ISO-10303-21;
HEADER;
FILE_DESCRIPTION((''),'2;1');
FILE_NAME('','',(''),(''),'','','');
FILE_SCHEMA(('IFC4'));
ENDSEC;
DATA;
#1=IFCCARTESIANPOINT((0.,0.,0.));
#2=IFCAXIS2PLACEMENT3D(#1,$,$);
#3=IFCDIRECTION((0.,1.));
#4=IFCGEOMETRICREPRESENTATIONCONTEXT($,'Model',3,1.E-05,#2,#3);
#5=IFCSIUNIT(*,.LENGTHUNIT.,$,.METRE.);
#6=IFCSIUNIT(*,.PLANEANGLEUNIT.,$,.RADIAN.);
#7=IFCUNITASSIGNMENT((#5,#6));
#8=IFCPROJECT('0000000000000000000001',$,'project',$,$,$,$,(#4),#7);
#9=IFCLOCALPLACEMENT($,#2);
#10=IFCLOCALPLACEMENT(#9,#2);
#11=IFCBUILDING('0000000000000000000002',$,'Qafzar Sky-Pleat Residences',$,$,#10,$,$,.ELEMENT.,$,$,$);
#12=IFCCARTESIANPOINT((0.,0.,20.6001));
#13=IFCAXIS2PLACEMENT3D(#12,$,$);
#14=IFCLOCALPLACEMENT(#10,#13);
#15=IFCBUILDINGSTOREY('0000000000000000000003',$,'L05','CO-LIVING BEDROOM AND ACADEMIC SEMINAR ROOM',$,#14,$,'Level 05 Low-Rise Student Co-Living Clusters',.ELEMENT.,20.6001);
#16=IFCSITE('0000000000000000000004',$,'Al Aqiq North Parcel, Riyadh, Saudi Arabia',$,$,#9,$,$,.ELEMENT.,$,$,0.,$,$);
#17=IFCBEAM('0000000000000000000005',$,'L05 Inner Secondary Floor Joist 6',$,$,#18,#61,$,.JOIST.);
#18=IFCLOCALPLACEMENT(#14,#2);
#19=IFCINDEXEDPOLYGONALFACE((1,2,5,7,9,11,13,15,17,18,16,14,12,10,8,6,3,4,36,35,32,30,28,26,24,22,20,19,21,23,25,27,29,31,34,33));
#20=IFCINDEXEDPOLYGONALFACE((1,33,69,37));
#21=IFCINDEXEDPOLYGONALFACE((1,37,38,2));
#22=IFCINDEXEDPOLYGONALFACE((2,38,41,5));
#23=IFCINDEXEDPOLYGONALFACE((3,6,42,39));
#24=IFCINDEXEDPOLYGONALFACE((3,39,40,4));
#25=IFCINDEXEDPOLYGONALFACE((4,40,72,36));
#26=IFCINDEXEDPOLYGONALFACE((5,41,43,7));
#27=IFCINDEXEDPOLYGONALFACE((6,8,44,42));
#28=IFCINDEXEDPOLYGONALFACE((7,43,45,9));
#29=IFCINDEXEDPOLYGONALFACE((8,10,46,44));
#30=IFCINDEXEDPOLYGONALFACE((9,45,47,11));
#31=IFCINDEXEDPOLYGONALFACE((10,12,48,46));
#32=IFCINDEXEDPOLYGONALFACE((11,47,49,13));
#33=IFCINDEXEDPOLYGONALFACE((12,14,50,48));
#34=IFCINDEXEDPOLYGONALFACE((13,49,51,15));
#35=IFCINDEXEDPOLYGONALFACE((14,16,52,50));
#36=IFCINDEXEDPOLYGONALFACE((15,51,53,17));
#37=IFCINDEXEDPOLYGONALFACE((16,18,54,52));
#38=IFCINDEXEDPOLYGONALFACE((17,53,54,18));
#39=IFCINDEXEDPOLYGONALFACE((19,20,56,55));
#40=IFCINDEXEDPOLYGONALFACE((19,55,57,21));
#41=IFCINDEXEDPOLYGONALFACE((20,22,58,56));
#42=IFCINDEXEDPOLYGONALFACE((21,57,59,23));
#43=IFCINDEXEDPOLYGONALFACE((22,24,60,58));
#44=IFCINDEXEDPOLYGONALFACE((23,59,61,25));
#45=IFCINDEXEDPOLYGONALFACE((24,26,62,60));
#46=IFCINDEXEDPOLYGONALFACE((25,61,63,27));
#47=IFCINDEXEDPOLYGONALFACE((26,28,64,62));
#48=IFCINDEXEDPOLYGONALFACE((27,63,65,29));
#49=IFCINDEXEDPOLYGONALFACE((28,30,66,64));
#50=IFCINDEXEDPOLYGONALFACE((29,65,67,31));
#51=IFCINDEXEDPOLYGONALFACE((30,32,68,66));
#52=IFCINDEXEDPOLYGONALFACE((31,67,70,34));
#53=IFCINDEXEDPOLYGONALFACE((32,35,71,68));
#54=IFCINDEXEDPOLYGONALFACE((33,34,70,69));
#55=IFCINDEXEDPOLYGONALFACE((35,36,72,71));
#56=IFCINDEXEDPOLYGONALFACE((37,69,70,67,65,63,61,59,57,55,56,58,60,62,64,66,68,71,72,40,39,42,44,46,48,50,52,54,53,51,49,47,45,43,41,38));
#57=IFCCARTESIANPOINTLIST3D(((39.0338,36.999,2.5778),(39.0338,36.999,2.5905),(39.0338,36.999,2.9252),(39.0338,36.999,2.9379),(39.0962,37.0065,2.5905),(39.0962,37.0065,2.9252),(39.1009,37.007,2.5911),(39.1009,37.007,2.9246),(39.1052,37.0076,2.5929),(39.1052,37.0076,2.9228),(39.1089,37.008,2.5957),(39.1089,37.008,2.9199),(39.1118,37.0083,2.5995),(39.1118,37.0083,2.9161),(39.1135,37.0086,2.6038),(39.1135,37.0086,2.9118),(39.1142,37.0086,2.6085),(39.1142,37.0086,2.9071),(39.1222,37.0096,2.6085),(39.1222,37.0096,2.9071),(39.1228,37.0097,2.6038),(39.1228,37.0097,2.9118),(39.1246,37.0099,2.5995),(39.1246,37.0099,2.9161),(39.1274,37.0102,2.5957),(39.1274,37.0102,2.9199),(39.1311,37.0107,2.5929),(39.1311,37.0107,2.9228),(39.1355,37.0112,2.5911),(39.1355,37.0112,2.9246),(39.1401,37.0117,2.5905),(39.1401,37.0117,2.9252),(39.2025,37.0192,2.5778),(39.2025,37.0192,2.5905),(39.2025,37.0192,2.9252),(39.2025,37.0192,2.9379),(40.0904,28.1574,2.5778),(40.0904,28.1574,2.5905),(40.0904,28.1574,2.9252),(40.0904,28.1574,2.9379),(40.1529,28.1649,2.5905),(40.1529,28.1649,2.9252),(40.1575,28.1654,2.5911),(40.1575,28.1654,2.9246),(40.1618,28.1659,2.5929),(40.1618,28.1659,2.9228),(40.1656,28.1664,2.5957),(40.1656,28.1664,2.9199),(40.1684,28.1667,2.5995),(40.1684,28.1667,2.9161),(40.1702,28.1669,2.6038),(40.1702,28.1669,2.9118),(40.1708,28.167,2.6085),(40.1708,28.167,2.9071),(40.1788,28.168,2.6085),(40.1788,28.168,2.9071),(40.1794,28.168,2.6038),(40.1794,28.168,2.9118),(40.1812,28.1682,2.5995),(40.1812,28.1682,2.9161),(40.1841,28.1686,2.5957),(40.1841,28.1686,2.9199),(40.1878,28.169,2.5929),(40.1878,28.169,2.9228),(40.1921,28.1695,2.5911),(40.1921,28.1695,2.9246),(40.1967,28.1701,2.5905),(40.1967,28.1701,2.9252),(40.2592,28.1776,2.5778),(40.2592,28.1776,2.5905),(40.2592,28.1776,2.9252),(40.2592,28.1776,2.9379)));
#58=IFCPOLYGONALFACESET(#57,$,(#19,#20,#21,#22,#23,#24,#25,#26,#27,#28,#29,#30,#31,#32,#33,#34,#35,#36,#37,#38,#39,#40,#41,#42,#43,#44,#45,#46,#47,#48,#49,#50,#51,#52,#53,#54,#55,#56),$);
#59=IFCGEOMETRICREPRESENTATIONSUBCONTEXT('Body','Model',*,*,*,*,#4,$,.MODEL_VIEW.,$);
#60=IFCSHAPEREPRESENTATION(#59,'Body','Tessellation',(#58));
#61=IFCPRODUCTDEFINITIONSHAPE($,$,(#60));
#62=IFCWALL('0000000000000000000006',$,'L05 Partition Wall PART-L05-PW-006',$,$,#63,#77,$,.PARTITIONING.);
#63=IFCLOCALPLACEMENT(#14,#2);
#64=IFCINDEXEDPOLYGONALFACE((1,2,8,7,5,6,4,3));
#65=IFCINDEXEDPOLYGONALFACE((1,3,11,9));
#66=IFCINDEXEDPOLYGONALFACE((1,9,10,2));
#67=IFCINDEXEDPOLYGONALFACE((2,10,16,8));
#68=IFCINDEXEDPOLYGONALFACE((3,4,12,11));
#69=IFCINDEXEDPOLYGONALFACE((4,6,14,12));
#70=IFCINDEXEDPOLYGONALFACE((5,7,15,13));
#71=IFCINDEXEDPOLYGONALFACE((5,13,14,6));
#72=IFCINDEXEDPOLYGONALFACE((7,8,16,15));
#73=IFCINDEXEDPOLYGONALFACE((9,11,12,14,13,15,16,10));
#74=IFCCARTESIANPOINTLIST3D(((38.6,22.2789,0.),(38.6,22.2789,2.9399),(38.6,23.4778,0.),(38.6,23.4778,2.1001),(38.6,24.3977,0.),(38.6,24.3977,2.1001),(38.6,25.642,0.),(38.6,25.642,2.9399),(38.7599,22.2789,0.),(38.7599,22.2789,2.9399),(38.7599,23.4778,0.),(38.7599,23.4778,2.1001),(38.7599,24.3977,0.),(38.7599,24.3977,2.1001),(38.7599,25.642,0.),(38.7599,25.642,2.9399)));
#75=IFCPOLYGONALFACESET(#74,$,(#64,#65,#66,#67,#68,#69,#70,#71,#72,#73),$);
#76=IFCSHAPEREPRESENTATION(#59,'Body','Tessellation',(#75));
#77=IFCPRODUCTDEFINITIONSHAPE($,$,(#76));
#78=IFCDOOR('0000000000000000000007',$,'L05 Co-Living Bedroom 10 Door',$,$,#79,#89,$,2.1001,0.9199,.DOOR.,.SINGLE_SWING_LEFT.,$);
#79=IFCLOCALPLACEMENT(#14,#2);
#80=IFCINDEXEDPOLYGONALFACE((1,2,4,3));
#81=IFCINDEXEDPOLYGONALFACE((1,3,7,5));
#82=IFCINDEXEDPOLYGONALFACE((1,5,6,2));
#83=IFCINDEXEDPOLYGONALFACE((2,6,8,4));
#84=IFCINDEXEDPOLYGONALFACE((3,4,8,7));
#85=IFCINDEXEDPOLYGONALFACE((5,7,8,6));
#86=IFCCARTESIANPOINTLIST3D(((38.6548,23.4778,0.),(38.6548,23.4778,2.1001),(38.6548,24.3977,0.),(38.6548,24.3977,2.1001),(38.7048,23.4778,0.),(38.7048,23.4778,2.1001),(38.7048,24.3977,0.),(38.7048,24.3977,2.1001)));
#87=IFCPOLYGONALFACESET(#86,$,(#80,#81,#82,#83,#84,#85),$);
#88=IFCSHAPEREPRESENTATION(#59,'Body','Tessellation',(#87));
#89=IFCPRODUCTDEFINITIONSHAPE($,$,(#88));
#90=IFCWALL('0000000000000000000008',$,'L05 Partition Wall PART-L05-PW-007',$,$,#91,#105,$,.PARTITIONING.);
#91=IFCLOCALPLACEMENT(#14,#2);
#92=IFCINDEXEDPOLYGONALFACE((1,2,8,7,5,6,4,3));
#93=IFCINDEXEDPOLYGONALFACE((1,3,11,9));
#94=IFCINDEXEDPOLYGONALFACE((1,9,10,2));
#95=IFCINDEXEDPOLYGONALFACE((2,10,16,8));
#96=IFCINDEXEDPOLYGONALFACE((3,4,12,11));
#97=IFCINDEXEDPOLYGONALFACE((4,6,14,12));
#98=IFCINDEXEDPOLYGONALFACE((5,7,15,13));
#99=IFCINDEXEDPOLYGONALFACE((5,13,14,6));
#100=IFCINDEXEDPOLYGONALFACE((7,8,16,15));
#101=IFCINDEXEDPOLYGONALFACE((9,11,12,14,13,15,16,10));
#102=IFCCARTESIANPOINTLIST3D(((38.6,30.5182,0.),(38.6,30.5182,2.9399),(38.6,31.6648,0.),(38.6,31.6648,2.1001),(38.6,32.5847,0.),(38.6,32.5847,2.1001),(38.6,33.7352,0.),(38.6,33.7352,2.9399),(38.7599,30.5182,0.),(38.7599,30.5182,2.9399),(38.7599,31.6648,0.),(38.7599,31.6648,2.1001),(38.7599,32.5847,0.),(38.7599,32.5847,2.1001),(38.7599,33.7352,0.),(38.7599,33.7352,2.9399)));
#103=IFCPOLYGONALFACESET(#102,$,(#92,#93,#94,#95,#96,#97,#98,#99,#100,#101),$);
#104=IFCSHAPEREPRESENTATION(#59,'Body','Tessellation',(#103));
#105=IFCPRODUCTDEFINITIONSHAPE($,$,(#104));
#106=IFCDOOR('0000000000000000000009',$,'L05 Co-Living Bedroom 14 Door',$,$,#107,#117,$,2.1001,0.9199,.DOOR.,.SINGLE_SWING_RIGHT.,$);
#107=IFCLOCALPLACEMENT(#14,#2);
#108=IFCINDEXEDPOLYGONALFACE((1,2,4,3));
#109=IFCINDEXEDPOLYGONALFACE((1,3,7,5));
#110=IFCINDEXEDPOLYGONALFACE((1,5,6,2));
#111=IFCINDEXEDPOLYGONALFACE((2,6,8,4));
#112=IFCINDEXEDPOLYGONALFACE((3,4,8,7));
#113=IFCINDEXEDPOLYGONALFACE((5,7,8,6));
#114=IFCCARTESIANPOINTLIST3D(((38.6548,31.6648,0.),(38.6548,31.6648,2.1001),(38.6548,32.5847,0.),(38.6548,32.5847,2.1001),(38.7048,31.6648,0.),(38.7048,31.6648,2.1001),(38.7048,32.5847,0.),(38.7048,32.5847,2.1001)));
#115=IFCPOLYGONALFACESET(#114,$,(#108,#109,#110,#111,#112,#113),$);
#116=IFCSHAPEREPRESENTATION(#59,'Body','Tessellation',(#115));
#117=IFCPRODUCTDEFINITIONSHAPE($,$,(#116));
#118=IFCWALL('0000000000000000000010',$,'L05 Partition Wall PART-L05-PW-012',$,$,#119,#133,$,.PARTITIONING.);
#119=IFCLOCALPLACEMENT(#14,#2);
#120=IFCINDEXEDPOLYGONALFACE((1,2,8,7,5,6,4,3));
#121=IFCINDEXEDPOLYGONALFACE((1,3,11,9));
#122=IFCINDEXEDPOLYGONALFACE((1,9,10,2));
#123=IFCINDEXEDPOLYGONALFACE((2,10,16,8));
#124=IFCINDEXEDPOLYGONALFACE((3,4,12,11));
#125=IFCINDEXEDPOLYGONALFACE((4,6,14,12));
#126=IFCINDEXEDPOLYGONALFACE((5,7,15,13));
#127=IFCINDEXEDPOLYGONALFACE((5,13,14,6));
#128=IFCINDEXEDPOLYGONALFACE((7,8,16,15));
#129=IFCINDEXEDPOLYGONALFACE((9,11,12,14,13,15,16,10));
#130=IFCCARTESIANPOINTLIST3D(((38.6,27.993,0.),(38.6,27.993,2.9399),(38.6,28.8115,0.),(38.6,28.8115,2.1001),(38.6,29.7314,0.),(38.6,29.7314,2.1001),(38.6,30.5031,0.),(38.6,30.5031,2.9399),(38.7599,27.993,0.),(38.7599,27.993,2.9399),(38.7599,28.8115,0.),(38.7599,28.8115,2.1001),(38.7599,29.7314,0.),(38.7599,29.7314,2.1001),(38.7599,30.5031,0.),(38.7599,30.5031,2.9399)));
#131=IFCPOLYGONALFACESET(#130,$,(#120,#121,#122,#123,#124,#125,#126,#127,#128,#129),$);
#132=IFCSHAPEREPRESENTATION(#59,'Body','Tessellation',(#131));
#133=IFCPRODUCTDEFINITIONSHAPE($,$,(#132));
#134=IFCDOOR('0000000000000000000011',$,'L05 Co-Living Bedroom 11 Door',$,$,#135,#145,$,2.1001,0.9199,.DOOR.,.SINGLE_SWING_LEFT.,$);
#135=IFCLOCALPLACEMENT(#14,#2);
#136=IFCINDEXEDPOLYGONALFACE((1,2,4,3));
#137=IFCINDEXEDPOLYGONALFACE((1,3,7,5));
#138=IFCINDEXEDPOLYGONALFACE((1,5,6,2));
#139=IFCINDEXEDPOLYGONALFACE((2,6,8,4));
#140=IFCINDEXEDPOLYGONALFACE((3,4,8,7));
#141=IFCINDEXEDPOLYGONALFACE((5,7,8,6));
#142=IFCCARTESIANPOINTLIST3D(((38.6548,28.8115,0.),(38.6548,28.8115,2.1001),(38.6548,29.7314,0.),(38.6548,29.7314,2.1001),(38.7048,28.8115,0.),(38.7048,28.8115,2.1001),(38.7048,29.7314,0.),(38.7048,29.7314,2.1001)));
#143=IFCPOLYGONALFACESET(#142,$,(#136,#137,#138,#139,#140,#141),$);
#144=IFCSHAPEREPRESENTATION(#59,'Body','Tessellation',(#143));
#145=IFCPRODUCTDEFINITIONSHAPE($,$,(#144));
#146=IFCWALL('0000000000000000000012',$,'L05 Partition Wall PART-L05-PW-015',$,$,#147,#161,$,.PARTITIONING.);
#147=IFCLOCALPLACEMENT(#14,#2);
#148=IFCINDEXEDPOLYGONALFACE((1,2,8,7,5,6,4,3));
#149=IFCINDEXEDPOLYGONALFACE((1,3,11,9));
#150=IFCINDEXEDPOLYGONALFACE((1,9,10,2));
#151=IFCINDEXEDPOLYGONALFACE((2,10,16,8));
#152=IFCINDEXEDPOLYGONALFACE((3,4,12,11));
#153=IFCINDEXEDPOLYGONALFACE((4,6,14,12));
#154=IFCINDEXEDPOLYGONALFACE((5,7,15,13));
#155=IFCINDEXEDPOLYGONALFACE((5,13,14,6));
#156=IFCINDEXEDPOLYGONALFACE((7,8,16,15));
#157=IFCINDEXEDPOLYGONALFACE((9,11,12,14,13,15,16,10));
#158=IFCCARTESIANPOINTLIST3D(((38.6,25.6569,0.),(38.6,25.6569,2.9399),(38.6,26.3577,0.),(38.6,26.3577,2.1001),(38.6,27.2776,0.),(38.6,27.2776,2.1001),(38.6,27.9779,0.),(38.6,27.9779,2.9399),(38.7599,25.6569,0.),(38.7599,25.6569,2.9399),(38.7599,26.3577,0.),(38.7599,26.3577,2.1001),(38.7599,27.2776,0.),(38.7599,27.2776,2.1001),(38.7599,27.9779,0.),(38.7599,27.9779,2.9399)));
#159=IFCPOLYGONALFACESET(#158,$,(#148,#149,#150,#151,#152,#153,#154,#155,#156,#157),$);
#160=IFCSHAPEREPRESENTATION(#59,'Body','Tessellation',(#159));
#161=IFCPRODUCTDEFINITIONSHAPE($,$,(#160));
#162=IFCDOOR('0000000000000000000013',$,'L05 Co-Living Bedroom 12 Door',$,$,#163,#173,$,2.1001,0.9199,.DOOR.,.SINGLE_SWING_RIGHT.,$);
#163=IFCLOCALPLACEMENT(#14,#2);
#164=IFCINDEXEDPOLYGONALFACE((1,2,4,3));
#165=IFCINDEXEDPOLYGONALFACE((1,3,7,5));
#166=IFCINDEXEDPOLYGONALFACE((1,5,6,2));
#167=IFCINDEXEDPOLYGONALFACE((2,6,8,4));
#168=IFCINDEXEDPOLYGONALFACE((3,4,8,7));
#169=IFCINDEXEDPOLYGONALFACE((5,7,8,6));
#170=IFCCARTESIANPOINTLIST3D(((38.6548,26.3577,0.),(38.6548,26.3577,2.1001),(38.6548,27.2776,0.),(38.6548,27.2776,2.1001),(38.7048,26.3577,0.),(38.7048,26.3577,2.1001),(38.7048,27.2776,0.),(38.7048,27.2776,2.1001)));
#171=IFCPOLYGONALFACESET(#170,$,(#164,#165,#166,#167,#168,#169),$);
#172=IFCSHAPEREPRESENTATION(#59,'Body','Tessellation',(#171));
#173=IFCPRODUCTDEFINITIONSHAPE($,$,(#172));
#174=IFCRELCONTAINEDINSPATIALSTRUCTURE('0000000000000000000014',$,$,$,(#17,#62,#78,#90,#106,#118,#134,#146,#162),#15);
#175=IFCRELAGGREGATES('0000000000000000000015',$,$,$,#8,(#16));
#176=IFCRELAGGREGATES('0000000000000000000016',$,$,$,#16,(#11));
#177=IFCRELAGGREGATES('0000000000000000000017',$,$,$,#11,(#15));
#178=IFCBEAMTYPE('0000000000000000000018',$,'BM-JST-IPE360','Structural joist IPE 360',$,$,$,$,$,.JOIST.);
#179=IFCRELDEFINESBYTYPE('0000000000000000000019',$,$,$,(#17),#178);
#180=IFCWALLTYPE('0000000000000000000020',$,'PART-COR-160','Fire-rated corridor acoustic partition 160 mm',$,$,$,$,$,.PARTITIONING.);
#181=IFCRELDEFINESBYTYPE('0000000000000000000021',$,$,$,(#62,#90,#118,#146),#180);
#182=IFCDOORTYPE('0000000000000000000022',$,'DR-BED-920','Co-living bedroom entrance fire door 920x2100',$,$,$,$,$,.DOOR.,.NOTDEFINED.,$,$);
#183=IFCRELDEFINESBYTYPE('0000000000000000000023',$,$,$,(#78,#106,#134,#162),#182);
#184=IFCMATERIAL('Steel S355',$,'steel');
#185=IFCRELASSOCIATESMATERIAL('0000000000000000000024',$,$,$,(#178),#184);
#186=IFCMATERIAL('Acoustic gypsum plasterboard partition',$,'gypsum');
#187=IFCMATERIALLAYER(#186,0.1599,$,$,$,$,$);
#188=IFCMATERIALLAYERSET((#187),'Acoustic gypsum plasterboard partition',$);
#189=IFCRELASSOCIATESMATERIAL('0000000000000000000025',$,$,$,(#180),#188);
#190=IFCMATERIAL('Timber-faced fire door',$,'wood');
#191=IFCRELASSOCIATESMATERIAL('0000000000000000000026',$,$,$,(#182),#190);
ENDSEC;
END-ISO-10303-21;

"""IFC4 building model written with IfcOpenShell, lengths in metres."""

from ifc_helpers import new_model, si_unit, direction, frame, frame_2d, origin, origin_2d, place, context, subcontext, project, spatial, rectangle, i_section, extrude, source, transform, mapped, material, layer, layer_set, material_profile, profile_set, type_object, element, fill, save


model = new_model("IFC4")

# Units and contexts
model_context = context("Model", 3, precision=1e-05, world=origin(), true_north=direction((0.0, 1.0)))
body_context = subcontext(model_context, "Body", "Model", "MODEL_VIEW")
ifc_project = project(units=[si_unit("LENGTHUNIT", "METRE"), si_unit("PLANEANGLEUNIT", "RADIAN")], contexts=[model_context])

# Site, building, storey
site_placement = place(None, origin())
site = spatial("IfcSite", under=ifc_project, at=site_placement, Name="Al Aqiq North Parcel, Riyadh, Saudi Arabia", CompositionType="ELEMENT", RefElevation=0.0)
building_placement = place(site_placement, origin())
building = spatial("IfcBuilding", under=site, at=building_placement, Name="Qafzar Sky-Pleat Residences", CompositionType="ELEMENT")
storey_placement = place(building_placement, frame((0.0, 0.0, 20.6001)))
storey = spatial("IfcBuildingStorey", under=building, at=storey_placement, Name="L05", Description="CO-LIVING BEDROOM AND ACADEMIC SEMINAR ROOM", LongName="Level 05 Low-Rise Student Co-Living Clusters", CompositionType="ELEMENT", Elevation=20.6001)

# Beam
ifc_material_1 = material(Name="Steel S355", Category="steel")
ifc_material_profile = material_profile(ifc_material_1, i_section(OverallWidth=0.1699, OverallDepth=0.3601, WebThickness=0.0081, FlangeThickness=0.0127, FilletRadius=0.0181, at=origin_2d()), Name="IPE 360")
ifc_profile_set = profile_set([ifc_material_profile], Name="Steel S355")
beam_type = type_object("IfcBeamType", Name="BM-JST-IPE360", Description="Structural joist IPE 360", PredefinedType="JOIST", material=ifc_profile_set)
shared_shape_1 = source(origin(), body_context, "Body", "SweptSolid", [
    extrude(i_section(OverallWidth=0.1699, OverallDepth=0.3601, WebThickness=0.0081, FlangeThickness=0.0127, FilletRadius=0.0181, at=origin_2d()), origin(), (0.0, 0.0, 1.0), 8.9045),
])
beam_placement = place(storey_placement, frame((40.1748, 28.1675, 2.7578), z_axis=(-0.118664, 0.992934, 0.0), x_axis=(-0.992934, -0.118664, 0.0)))
element("IfcBeam", 1, at=beam_placement, inside=storey, type_object=beam_type, Name="L05 Inner Secondary Floor Joist 6", PredefinedType="JOIST", context=body_context, shape_type="MappedRepresentation", body=[
    mapped(shared_shape_1, transform((0.0, 0.0, 0.0), x_axis=(1.0, 0.0, 0.0), y_axis=(0.0, 1.0, 0.0), z_axis=(0.0, 0.0, 1.0), scale=1.0)),
])

# Walls, openings, doors
ifc_material_2 = material(Name="Acoustic gypsum plasterboard partition", Category="gypsum")
ifc_layer_1 = layer(ifc_material_2, 0.1599)
ifc_layer_set_1 = layer_set([ifc_layer_1], Name="Acoustic gypsum plasterboard partition")
wall_type_1 = type_object("IfcWallType", Name="PART-COR-160", Description="Fire-rated corridor acoustic partition 160 mm", PredefinedType="PARTITIONING", material=ifc_layer_set_1)
wall_1_placement = place(storey_placement, frame((38.6799, 25.6421, 0.0), z_axis=(0.0, 0.0, 1.0), x_axis=(0.0, -1.0, 0.0)))
wall_1 = element("IfcWall", 2, at=wall_1_placement, inside=storey, type_object=wall_type_1, Name="L05 Partition Wall PART-L05-PW-006", PredefinedType="PARTITIONING", context=body_context, shape_type="SweptSolid", body=[
    extrude(rectangle(XDim=3.363, YDim=0.1599, at=frame_2d((1.6816, 0.0))), origin(), (0.0, 0.0, 1.0), 2.9399),
])
opening_1_placement = place(wall_1_placement, frame((1.2444, 0.0, 0.0)))
opening_1 = element("IfcOpeningElement", 3, at=opening_1_placement, cuts=wall_1, PredefinedType="OPENING", context=body_context, shape_type="SweptSolid", body=[
    extrude(rectangle(XDim=0.9199, YDim=2.1001, at=frame_2d((0.46, 1.05))), frame((0.0, 0.0898, 0.0), z_axis=(0.0, -1.0, 0.0), x_axis=(1.0, 0.0, 0.0)), (0.0, 0.0, 1.0), 0.1799),
])
ifc_material_3 = material(Name="Timber-faced fire door", Category="wood")
door_type_1 = type_object("IfcDoorType", Name="DR-BED-920", Description="Co-living bedroom entrance fire door 920x2100", OperationType="NOTDEFINED", PredefinedType="DOOR", material=ifc_material_3)
shared_shape_2 = source(origin(), body_context, "Body", "SweptSolid", [
    extrude(rectangle(XDim=0.9199, YDim=2.1001, at=frame_2d((0.46, 1.05))), frame((0.0, 0.0249, 0.0), z_axis=(0.0, -1.0, 0.0), x_axis=(1.0, 0.0, 0.0)), (0.0, 0.0, 1.0), 0.05),
])
door_1_placement = place(opening_1_placement, origin())
door_1 = element("IfcDoor", 4, at=door_1_placement, inside=storey, type_object=door_type_1, Name="L05 Co-Living Bedroom 10 Door", OperationType="SINGLE_SWING_LEFT", OverallHeight=2.1001, OverallWidth=0.9199, PredefinedType="DOOR", context=body_context, shape_type="MappedRepresentation", body=[
    mapped(shared_shape_2, transform((0.0, 0.0, 0.0), x_axis=(1.0, 0.0, 0.0), y_axis=(0.0, 1.0, 0.0), z_axis=(0.0, 0.0, 1.0), scale=1.0)),
])
fill(opening_1, door_1)
wall_2_placement = place(storey_placement, frame((38.6799, 33.7351, 0.0), z_axis=(0.0, 0.0, 1.0), x_axis=(0.0, -1.0, 0.0)))
wall_2 = element("IfcWall", 5, at=wall_2_placement, inside=storey, type_object=wall_type_1, Name="L05 Partition Wall PART-L05-PW-007", PredefinedType="PARTITIONING", context=body_context, shape_type="SweptSolid", body=[
    extrude(rectangle(XDim=3.217, YDim=0.1599, at=frame_2d((1.6084, 0.0))), origin(), (0.0, 0.0, 1.0), 2.9399),
])
opening_2_placement = place(wall_2_placement, frame((1.1504, 0.0, 0.0)))
opening_2 = element("IfcOpeningElement", 6, at=opening_2_placement, cuts=wall_2, PredefinedType="OPENING", context=body_context, shape_type="SweptSolid", body=[
    extrude(rectangle(XDim=0.9199, YDim=2.1001, at=frame_2d((0.46, 1.05))), frame((0.0, 0.0898, 0.0), z_axis=(0.0, -1.0, 0.0), x_axis=(1.0, 0.0, 0.0)), (0.0, 0.0, 1.0), 0.1799),
])
door_2_placement = place(opening_2_placement, origin())
door_2 = element("IfcDoor", 7, at=door_2_placement, inside=storey, type_object=door_type_1, Name="L05 Co-Living Bedroom 14 Door", OperationType="SINGLE_SWING_RIGHT", OverallHeight=2.1001, OverallWidth=0.9199, PredefinedType="DOOR", context=body_context, shape_type="MappedRepresentation", body=[
    mapped(shared_shape_2, transform((0.0, 0.0, 0.0), x_axis=(1.0, 0.0, 0.0), y_axis=(0.0, 1.0, 0.0), z_axis=(0.0, 0.0, 1.0), scale=1.0)),
])
fill(opening_2, door_2)
wall_3_placement = place(storey_placement, frame((38.6799, 30.5029, 0.0), z_axis=(0.0, 0.0, 1.0), x_axis=(0.0, -1.0, 0.0)))
wall_3 = element("IfcWall", 8, at=wall_3_placement, inside=storey, type_object=wall_type_1, Name="L05 Partition Wall PART-L05-PW-012", PredefinedType="PARTITIONING", context=body_context, shape_type="SweptSolid", body=[
    extrude(rectangle(XDim=2.51, YDim=0.1599, at=frame_2d((1.2549, 0.0))), origin(), (0.0, 0.0, 1.0), 2.9399),
])
opening_3_placement = place(wall_3_placement, frame((0.7715, 0.0, 0.0)))
opening_3 = element("IfcOpeningElement", 9, at=opening_3_placement, cuts=wall_3, PredefinedType="OPENING", context=body_context, shape_type="SweptSolid", body=[
    extrude(rectangle(XDim=0.9199, YDim=2.1001, at=frame_2d((0.46, 1.05))), frame((0.0, 0.0898, 0.0), z_axis=(0.0, -1.0, 0.0), x_axis=(1.0, 0.0, 0.0)), (0.0, 0.0, 1.0), 0.1799),
])
door_3_placement = place(opening_3_placement, origin())
door_3 = element("IfcDoor", 10, at=door_3_placement, inside=storey, type_object=door_type_1, Name="L05 Co-Living Bedroom 11 Door", OperationType="SINGLE_SWING_LEFT", OverallHeight=2.1001, OverallWidth=0.9199, PredefinedType="DOOR", context=body_context, shape_type="MappedRepresentation", body=[
    mapped(shared_shape_2, transform((0.0, 0.0, 0.0), x_axis=(1.0, 0.0, 0.0), y_axis=(0.0, 1.0, 0.0), z_axis=(0.0, 0.0, 1.0), scale=1.0)),
])
fill(opening_3, door_3)
wall_4_placement = place(storey_placement, frame((38.6799, 27.978, 0.0), z_axis=(0.0, 0.0, 1.0), x_axis=(0.0, -1.0, 0.0)))
wall_4 = element("IfcWall", 11, at=wall_4_placement, inside=storey, type_object=wall_type_1, Name="L05 Partition Wall PART-L05-PW-015", PredefinedType="PARTITIONING", context=body_context, shape_type="SweptSolid", body=[
    extrude(rectangle(XDim=2.321, YDim=0.1599, at=frame_2d((1.1606, 0.0))), origin(), (0.0, 0.0, 1.0), 2.9399),
])
opening_4_placement = place(wall_4_placement, frame((0.7004, 0.0, 0.0)))
opening_4 = element("IfcOpeningElement", 12, at=opening_4_placement, cuts=wall_4, PredefinedType="OPENING", context=body_context, shape_type="SweptSolid", body=[
    extrude(rectangle(XDim=0.9199, YDim=2.1001, at=frame_2d((0.46, 1.05))), frame((0.0, 0.0898, 0.0), z_axis=(0.0, -1.0, 0.0), x_axis=(1.0, 0.0, 0.0)), (0.0, 0.0, 1.0), 0.1799),
])
door_4_placement = place(opening_4_placement, origin())
door_4 = element("IfcDoor", 13, at=door_4_placement, inside=storey, type_object=door_type_1, Name="L05 Co-Living Bedroom 12 Door", OperationType="SINGLE_SWING_RIGHT", OverallHeight=2.1001, OverallWidth=0.9199, PredefinedType="DOOR", context=body_context, shape_type="MappedRepresentation", body=[
    mapped(shared_shape_2, transform((0.0, 0.0, 0.0), x_axis=(1.0, 0.0, 0.0), y_axis=(0.0, 1.0, 0.0), z_axis=(0.0, 0.0, 1.0), scale=1.0)),
])
fill(opening_4, door_4)

save(model, "model.ifc")
